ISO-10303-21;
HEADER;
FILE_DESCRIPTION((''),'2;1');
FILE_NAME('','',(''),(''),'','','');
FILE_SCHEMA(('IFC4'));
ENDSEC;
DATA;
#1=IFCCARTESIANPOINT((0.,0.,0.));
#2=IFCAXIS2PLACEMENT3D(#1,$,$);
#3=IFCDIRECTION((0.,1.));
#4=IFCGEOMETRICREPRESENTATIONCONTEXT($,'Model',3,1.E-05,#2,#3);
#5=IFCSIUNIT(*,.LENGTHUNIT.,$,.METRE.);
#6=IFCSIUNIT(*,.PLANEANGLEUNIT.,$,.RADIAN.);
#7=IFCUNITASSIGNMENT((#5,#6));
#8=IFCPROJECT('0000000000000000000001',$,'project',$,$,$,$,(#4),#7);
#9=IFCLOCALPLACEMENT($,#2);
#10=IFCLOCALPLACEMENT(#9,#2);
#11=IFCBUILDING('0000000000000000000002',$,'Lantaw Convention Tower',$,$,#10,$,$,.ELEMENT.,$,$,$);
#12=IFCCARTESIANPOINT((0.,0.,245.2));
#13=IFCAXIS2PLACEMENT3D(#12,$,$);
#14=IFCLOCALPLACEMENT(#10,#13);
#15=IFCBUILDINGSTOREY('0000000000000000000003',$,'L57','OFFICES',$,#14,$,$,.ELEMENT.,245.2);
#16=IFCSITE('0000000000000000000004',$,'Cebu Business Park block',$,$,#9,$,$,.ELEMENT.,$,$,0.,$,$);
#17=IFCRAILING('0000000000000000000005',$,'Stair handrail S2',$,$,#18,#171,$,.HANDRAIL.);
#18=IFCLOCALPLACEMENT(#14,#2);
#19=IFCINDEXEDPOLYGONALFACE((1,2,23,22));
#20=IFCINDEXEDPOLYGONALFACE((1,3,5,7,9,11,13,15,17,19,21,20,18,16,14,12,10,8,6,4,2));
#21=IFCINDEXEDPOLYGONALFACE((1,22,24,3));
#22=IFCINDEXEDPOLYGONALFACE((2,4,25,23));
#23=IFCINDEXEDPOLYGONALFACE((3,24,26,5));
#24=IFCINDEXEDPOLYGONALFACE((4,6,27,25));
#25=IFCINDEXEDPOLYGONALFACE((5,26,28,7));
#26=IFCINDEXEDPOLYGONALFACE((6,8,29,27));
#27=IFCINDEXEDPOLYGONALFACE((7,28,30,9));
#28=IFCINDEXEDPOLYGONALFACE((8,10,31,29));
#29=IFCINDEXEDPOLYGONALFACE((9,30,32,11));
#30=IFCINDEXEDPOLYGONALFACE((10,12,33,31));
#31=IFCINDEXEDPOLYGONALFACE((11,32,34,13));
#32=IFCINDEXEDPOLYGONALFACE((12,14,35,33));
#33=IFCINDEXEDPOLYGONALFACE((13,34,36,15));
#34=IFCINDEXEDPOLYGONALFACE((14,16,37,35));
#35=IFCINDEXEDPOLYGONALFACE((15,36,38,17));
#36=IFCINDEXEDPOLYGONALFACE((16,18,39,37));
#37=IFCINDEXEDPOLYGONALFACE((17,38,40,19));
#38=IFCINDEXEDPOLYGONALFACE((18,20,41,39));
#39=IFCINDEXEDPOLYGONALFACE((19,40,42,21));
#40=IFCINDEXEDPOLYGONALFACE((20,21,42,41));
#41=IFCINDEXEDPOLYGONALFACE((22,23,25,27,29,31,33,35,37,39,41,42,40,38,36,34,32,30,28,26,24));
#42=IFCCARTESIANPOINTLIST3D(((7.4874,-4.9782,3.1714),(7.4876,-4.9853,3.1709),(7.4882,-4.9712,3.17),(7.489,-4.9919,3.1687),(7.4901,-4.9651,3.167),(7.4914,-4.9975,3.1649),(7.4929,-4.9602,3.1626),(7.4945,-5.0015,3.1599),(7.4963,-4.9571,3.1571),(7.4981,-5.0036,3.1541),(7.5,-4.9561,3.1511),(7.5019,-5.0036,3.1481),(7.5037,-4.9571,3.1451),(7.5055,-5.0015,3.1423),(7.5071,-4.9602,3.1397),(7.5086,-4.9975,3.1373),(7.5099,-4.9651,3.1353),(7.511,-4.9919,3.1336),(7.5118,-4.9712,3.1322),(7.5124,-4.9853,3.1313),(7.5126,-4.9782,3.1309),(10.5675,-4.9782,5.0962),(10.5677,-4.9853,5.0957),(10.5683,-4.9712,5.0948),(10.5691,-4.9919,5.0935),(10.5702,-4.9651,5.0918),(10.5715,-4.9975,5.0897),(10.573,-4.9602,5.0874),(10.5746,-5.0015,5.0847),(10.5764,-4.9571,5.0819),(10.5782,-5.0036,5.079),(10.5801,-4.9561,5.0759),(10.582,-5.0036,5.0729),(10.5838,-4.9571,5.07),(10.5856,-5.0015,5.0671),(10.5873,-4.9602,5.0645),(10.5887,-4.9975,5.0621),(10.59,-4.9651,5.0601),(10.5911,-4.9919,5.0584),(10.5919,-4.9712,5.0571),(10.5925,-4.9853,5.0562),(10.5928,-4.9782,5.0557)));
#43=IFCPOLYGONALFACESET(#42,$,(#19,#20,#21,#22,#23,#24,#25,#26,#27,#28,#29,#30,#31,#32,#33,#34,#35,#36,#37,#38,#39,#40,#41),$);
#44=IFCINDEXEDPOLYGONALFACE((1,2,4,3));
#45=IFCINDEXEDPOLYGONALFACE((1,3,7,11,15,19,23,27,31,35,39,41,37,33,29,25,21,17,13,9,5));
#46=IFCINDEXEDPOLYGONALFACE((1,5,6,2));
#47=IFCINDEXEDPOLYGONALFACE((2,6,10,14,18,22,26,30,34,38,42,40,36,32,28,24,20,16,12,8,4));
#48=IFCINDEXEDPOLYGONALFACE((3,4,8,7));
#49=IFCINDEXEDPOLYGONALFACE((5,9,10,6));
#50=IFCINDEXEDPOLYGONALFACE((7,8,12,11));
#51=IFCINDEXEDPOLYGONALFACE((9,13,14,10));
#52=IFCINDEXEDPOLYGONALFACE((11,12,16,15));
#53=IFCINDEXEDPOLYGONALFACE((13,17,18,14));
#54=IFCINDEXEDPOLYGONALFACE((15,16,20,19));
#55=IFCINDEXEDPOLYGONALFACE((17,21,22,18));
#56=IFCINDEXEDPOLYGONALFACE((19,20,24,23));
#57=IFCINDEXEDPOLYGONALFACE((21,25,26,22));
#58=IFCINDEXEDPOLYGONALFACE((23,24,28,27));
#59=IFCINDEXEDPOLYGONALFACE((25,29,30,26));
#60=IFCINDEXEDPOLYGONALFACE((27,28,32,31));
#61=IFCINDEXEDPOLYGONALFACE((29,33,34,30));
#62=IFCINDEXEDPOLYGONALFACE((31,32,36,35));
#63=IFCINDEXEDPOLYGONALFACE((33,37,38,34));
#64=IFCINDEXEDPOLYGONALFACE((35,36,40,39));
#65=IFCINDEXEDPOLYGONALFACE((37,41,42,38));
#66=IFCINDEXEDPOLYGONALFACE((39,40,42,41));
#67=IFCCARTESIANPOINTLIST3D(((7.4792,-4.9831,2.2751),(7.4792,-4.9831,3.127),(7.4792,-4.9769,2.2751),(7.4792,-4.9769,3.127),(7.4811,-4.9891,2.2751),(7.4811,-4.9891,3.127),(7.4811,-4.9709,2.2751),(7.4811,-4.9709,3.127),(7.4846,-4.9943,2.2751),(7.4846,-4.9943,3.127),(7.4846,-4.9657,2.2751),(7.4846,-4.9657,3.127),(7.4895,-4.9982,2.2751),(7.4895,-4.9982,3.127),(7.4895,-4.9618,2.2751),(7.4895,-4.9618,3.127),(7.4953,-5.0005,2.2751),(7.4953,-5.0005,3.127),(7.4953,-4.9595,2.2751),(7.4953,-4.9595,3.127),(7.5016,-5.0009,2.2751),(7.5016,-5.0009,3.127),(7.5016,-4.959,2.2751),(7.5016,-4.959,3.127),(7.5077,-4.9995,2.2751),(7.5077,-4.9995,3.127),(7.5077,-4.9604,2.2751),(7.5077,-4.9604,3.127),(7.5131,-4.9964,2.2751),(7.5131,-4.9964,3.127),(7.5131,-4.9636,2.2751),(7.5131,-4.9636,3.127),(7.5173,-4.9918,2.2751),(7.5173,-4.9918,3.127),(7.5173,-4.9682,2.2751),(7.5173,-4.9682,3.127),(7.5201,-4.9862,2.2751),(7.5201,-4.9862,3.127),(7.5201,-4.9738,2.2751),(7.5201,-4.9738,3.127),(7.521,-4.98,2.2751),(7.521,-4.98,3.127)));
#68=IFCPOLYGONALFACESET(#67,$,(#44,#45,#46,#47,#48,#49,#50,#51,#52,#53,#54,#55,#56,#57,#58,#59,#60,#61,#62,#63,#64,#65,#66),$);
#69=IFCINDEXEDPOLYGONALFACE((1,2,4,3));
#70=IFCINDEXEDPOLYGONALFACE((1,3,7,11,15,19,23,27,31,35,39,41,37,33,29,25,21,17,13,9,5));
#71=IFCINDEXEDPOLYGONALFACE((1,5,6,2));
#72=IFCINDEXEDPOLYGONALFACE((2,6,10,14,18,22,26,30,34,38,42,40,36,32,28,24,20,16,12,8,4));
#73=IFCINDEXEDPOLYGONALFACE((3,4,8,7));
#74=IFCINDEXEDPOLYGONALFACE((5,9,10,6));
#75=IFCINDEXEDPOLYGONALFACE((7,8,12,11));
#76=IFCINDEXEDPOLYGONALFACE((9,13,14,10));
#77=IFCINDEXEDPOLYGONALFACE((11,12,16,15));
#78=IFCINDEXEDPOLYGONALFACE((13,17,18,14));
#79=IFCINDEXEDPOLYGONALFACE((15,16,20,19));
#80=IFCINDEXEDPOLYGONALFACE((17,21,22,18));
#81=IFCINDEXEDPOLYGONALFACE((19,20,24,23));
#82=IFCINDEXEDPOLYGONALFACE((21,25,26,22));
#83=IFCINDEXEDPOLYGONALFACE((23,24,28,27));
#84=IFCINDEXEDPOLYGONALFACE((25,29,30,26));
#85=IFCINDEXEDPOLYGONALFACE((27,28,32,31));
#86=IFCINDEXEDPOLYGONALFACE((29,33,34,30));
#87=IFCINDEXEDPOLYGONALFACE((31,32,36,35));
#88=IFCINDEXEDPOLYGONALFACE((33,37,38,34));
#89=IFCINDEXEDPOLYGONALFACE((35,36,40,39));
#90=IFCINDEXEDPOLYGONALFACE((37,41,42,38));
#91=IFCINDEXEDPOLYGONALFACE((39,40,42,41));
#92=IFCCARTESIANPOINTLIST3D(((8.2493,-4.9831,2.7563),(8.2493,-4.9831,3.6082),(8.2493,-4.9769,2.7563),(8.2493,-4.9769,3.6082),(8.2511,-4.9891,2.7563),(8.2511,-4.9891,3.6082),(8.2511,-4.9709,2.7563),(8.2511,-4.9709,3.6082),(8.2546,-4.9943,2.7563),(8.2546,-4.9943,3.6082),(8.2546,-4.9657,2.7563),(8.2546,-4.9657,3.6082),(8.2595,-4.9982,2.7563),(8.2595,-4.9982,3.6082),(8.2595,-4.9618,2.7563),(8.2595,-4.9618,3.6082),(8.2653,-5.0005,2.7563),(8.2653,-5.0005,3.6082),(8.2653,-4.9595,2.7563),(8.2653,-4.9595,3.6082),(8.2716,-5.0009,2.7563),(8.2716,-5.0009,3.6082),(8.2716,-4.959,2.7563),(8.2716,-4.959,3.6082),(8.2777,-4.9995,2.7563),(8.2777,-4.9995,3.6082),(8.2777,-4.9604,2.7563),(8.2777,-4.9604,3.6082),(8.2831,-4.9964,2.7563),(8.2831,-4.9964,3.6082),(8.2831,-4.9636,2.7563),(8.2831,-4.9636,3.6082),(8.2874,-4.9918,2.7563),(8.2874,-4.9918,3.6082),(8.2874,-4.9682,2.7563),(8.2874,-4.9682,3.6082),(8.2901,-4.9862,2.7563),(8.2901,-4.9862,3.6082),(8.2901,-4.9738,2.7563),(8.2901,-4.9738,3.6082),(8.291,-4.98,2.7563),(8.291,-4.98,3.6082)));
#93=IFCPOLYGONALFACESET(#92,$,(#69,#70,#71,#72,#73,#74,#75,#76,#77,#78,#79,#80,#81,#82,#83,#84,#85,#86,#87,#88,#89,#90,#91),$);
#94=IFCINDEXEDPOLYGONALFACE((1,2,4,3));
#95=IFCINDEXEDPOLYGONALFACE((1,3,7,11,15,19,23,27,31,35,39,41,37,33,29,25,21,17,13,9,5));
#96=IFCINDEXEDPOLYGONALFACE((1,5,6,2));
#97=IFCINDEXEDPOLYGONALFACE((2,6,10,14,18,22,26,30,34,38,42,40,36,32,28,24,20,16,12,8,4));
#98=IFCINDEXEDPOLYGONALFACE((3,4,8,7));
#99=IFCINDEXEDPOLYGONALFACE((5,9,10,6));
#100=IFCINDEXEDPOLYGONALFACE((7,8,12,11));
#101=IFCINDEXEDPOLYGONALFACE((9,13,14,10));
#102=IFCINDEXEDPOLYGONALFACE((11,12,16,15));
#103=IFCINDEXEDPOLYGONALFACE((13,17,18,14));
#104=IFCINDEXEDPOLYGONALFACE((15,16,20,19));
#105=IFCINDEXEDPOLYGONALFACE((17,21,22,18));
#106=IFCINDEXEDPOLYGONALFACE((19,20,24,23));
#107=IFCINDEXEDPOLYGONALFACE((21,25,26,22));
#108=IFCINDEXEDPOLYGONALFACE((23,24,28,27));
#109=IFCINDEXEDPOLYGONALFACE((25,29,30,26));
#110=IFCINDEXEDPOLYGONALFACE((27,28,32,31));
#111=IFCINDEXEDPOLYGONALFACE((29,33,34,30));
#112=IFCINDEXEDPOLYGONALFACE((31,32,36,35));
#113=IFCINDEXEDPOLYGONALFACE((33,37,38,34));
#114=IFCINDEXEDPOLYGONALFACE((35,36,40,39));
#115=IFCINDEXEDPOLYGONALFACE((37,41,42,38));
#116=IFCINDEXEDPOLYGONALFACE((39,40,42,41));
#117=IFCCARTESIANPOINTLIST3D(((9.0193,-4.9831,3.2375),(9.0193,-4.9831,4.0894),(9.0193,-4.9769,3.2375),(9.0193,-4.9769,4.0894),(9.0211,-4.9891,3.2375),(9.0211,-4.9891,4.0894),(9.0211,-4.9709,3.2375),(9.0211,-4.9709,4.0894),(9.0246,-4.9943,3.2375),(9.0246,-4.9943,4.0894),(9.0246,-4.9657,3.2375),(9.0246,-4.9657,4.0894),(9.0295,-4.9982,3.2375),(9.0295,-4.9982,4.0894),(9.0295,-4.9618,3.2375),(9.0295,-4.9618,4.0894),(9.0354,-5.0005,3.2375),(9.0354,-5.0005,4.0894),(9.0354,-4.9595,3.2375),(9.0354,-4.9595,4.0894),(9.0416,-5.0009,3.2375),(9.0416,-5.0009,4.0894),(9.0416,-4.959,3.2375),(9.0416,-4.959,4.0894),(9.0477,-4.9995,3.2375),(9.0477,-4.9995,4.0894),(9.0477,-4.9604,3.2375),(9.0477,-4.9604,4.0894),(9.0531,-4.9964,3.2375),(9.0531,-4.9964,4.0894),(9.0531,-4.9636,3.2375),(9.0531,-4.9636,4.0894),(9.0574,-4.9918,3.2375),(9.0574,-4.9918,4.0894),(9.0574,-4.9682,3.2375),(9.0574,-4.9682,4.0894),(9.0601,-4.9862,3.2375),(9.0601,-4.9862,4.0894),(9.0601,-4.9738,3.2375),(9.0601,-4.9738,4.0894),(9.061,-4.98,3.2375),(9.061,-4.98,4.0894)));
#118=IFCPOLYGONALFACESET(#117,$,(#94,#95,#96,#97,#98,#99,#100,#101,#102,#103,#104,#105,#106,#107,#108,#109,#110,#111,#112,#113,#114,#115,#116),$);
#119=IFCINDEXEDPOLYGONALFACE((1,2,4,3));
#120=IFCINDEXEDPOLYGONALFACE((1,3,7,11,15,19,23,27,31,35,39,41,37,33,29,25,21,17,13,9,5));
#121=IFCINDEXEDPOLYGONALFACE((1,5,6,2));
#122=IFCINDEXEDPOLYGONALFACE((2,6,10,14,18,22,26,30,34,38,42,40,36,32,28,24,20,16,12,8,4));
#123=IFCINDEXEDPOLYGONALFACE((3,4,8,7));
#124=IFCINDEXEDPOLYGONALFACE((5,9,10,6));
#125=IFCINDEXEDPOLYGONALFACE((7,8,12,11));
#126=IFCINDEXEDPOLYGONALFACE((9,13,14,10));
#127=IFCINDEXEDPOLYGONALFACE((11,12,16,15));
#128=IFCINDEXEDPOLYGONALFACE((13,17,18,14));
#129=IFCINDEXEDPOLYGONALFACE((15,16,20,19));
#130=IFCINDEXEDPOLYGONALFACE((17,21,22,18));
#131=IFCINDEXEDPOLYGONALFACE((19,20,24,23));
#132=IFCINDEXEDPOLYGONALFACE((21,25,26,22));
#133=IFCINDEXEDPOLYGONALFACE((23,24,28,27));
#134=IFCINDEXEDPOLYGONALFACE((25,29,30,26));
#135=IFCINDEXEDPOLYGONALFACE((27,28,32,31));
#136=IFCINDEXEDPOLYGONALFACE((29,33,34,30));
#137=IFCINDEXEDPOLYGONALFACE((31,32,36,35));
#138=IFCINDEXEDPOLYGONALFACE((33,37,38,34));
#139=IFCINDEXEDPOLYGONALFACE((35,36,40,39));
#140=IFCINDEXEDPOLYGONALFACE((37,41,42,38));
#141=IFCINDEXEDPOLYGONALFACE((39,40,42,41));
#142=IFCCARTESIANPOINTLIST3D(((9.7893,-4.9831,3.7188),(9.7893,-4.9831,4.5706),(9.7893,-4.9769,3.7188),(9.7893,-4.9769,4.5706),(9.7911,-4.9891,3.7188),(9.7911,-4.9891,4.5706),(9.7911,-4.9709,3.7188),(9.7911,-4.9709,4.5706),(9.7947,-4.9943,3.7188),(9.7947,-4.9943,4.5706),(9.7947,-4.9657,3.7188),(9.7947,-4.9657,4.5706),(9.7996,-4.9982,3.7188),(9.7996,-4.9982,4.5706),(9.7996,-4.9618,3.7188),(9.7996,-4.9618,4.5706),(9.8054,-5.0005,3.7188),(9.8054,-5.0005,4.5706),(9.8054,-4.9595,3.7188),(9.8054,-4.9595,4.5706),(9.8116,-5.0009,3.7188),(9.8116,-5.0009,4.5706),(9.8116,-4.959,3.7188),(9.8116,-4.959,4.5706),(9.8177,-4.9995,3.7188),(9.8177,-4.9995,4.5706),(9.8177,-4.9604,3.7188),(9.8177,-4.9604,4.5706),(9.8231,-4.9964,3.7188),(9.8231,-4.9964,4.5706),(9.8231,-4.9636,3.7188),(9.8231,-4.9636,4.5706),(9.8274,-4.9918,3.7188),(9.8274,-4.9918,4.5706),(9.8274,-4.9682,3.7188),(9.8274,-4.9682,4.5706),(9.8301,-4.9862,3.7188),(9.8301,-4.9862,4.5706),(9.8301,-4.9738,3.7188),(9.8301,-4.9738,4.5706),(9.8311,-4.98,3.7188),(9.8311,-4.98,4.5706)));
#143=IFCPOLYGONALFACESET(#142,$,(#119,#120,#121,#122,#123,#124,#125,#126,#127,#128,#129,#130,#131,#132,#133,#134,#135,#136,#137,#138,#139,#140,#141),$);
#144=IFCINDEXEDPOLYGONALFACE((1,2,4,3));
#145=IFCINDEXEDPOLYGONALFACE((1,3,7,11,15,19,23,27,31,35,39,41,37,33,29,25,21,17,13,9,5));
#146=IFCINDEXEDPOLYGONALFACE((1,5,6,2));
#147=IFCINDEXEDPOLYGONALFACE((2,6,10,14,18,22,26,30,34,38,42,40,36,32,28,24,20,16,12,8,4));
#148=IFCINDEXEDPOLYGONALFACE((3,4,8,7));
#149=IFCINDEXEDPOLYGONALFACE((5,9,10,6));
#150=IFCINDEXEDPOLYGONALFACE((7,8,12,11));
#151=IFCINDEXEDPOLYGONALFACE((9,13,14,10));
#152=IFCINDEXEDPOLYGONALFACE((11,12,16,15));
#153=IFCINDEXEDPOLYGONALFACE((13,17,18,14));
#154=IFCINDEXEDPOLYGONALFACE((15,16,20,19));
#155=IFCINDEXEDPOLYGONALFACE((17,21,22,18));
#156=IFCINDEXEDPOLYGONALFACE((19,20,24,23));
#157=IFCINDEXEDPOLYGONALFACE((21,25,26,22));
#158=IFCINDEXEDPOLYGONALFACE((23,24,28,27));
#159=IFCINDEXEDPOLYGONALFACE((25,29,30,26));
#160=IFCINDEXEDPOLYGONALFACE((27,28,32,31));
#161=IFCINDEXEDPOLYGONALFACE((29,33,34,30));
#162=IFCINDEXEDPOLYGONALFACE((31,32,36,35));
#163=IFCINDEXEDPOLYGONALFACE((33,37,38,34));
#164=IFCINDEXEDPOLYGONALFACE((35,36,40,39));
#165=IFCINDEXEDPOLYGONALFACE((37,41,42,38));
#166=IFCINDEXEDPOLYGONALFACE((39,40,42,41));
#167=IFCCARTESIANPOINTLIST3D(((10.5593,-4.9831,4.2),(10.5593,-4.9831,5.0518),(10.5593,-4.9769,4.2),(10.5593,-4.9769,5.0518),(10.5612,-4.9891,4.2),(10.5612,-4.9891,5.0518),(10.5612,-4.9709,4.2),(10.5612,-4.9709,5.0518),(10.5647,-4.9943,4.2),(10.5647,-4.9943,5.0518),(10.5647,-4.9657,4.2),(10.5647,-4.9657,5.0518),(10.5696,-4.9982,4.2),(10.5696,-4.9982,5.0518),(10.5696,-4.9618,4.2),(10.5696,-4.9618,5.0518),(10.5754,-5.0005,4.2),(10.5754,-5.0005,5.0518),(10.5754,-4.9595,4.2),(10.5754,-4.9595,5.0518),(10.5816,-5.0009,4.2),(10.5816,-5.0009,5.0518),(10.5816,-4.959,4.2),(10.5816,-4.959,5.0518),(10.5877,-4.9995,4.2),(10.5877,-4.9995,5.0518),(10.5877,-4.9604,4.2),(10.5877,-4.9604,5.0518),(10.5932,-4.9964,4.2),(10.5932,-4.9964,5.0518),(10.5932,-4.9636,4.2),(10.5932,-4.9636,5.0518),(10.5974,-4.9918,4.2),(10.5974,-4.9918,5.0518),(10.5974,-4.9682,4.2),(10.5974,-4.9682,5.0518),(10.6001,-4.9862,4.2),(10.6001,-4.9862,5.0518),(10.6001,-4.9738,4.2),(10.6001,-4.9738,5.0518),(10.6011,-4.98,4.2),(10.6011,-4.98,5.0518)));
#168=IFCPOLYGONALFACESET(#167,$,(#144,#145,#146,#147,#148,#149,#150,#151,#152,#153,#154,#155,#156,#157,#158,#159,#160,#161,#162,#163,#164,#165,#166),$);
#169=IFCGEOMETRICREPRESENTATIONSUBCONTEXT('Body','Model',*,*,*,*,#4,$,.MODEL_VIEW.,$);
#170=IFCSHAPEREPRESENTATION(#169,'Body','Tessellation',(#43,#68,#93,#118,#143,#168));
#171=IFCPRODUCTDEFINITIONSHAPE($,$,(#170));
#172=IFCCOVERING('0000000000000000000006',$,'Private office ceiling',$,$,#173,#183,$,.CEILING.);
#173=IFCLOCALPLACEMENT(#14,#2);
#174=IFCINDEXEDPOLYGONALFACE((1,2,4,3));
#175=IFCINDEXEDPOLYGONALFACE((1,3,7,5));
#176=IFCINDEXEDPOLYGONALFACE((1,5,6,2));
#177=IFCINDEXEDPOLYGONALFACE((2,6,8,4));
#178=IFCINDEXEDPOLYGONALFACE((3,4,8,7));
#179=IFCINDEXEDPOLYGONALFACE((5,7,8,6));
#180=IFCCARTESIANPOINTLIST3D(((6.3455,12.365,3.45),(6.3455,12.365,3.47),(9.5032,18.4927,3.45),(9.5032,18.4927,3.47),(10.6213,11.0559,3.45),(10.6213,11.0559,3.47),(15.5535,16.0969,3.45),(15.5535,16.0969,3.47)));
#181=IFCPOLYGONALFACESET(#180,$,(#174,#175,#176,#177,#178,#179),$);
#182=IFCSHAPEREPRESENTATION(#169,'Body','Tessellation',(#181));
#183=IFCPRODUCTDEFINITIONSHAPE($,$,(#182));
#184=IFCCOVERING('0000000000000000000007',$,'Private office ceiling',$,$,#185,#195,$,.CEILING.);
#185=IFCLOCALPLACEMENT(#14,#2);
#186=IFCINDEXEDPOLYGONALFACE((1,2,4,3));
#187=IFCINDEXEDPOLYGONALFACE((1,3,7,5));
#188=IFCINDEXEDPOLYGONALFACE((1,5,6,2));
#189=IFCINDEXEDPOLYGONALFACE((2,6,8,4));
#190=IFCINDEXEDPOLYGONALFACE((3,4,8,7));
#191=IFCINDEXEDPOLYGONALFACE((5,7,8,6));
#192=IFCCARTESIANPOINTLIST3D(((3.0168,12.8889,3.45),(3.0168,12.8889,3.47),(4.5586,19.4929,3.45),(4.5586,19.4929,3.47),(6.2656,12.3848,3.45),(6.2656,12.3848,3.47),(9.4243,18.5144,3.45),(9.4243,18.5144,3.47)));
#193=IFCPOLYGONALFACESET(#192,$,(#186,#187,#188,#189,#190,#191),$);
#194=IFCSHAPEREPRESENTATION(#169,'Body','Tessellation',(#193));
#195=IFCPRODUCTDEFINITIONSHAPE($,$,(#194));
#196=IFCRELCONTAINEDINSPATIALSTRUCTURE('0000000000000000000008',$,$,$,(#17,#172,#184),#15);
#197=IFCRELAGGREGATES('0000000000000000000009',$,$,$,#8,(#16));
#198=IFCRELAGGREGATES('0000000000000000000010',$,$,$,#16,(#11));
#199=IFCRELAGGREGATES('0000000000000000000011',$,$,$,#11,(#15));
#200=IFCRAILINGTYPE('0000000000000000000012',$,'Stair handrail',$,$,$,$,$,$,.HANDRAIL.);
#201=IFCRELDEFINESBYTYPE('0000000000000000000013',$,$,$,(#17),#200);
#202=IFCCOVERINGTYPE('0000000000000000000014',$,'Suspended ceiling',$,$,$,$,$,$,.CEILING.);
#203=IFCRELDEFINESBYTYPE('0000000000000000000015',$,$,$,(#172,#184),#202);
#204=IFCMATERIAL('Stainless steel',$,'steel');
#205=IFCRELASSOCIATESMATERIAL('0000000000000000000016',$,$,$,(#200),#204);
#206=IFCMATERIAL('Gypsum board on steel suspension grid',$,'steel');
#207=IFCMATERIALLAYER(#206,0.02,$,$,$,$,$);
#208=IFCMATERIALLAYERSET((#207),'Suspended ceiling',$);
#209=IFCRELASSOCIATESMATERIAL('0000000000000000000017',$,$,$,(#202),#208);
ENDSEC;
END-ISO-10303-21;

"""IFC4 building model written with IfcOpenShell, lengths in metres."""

from ifc_helpers import new_model, si_unit, direction, frame, origin, origin_2d, place, context, subcontext, project, spatial, polyline, circle, outline, extrude, material, layer, layer_set, type_object, element, save


model = new_model("IFC4")

# Units and contexts
model_context = context("Model", 3, precision=1e-05, world=origin(), true_north=direction((0.0, 1.0)))
body_context = subcontext(model_context, "Body", "Model", "MODEL_VIEW")
ifc_project = project(units=[si_unit("LENGTHUNIT", "METRE"), si_unit("PLANEANGLEUNIT", "RADIAN")], contexts=[model_context])

# Site, building, storey
site_placement = place(None, origin())
site = spatial("IfcSite", under=ifc_project, at=site_placement, Name="Cebu Business Park block", CompositionType="ELEMENT", RefElevation=0.0)
building_placement = place(site_placement, origin())
building = spatial("IfcBuilding", under=site, at=building_placement, Name="Lantaw Convention Tower", CompositionType="ELEMENT")
storey_placement = place(building_placement, frame((0.0, 0.0, 245.2)))
storey = spatial("IfcBuildingStorey", under=building, at=storey_placement, Name="L57", Description="OFFICES", CompositionType="ELEMENT", Elevation=245.2)

# Railing
ifc_material_1 = material(Name="Stainless steel", Category="steel")
railing_type = type_object("IfcRailingType", Name="Stair handrail", PredefinedType="HANDRAIL", material=ifc_material_1)
railing_1_placement = place(storey_placement, frame((7.5, -4.98, 2.2751)))
element("IfcRailing", 1, at=railing_1_placement, inside=storey, type_object=railing_type, Name="Stair handrail S2", PredefinedType="HANDRAIL", context=body_context, shape_type="SweptSolid", body=[
    extrude(circle(Radius=0.0239, at=origin_2d()), frame((0.0, 0.0, 0.876), z_axis=(0.848029, 0.0, 0.529951), x_axis=(0.0, 1.0, 0.0)), (0.0, 0.0, 1.0), 3.6321),
    extrude(circle(Radius=0.021, at=origin_2d()), origin(), (0.0, 0.0, 1.0), 0.8518),
    extrude(circle(Radius=0.021, at=origin_2d()), frame((0.77, 0.0, 0.4812)), (0.0, 0.0, 1.0), 0.8518),
    extrude(circle(Radius=0.021, at=origin_2d()), frame((1.54, 0.0, 0.9624)), (0.0, 0.0, 1.0), 0.8518),
    extrude(circle(Radius=0.021, at=origin_2d()), frame((2.3101, 0.0, 1.4436)), (0.0, 0.0, 1.0), 0.8518),
    extrude(circle(Radius=0.021, at=origin_2d()), frame((3.0801, 0.0, 1.9248)), (0.0, 0.0, 1.0), 0.8518),
])

# Coverings
ifc_material_2 = material(Name="Gypsum board on steel suspension grid", Category="steel")
ifc_layer_1 = layer(ifc_material_2, 0.02)
ifc_layer_set_1 = layer_set([ifc_layer_1], Name="Suspended ceiling")
covering_type = type_object("IfcCoveringType", Name="Suspended ceiling", PredefinedType="CEILING", material=ifc_layer_set_1)
covering_1_placement = place(storey_placement, frame((0.0, 0.0, 3.45)))
element("IfcCovering", 2, at=covering_1_placement, inside=storey, type_object=covering_type, Name="Private office ceiling", PredefinedType="CEILING", context=body_context, shape_type="SweptSolid", body=[
    extrude(outline(polyline([(10.6213, 11.0559), (15.5535, 16.0969), (9.5032, 18.4927), (6.3455, 12.365), (10.6213, 11.0559)])), origin(), (0.0, 0.0, 1.0), 0.02),
])
covering_2_placement = place(storey_placement, frame((0.0, 0.0, 3.45)))
element("IfcCovering", 3, at=covering_2_placement, inside=storey, type_object=covering_type, Name="Private office ceiling", PredefinedType="CEILING", context=body_context, shape_type="SweptSolid", body=[
    extrude(outline(polyline([(6.2656, 12.3848), (9.4243, 18.5144), (4.5586, 19.4929), (3.0168, 12.8889), (6.2656, 12.3848)])), origin(), (0.0, 0.0, 1.0), 0.02),
])

save(model, "model.ifc")
